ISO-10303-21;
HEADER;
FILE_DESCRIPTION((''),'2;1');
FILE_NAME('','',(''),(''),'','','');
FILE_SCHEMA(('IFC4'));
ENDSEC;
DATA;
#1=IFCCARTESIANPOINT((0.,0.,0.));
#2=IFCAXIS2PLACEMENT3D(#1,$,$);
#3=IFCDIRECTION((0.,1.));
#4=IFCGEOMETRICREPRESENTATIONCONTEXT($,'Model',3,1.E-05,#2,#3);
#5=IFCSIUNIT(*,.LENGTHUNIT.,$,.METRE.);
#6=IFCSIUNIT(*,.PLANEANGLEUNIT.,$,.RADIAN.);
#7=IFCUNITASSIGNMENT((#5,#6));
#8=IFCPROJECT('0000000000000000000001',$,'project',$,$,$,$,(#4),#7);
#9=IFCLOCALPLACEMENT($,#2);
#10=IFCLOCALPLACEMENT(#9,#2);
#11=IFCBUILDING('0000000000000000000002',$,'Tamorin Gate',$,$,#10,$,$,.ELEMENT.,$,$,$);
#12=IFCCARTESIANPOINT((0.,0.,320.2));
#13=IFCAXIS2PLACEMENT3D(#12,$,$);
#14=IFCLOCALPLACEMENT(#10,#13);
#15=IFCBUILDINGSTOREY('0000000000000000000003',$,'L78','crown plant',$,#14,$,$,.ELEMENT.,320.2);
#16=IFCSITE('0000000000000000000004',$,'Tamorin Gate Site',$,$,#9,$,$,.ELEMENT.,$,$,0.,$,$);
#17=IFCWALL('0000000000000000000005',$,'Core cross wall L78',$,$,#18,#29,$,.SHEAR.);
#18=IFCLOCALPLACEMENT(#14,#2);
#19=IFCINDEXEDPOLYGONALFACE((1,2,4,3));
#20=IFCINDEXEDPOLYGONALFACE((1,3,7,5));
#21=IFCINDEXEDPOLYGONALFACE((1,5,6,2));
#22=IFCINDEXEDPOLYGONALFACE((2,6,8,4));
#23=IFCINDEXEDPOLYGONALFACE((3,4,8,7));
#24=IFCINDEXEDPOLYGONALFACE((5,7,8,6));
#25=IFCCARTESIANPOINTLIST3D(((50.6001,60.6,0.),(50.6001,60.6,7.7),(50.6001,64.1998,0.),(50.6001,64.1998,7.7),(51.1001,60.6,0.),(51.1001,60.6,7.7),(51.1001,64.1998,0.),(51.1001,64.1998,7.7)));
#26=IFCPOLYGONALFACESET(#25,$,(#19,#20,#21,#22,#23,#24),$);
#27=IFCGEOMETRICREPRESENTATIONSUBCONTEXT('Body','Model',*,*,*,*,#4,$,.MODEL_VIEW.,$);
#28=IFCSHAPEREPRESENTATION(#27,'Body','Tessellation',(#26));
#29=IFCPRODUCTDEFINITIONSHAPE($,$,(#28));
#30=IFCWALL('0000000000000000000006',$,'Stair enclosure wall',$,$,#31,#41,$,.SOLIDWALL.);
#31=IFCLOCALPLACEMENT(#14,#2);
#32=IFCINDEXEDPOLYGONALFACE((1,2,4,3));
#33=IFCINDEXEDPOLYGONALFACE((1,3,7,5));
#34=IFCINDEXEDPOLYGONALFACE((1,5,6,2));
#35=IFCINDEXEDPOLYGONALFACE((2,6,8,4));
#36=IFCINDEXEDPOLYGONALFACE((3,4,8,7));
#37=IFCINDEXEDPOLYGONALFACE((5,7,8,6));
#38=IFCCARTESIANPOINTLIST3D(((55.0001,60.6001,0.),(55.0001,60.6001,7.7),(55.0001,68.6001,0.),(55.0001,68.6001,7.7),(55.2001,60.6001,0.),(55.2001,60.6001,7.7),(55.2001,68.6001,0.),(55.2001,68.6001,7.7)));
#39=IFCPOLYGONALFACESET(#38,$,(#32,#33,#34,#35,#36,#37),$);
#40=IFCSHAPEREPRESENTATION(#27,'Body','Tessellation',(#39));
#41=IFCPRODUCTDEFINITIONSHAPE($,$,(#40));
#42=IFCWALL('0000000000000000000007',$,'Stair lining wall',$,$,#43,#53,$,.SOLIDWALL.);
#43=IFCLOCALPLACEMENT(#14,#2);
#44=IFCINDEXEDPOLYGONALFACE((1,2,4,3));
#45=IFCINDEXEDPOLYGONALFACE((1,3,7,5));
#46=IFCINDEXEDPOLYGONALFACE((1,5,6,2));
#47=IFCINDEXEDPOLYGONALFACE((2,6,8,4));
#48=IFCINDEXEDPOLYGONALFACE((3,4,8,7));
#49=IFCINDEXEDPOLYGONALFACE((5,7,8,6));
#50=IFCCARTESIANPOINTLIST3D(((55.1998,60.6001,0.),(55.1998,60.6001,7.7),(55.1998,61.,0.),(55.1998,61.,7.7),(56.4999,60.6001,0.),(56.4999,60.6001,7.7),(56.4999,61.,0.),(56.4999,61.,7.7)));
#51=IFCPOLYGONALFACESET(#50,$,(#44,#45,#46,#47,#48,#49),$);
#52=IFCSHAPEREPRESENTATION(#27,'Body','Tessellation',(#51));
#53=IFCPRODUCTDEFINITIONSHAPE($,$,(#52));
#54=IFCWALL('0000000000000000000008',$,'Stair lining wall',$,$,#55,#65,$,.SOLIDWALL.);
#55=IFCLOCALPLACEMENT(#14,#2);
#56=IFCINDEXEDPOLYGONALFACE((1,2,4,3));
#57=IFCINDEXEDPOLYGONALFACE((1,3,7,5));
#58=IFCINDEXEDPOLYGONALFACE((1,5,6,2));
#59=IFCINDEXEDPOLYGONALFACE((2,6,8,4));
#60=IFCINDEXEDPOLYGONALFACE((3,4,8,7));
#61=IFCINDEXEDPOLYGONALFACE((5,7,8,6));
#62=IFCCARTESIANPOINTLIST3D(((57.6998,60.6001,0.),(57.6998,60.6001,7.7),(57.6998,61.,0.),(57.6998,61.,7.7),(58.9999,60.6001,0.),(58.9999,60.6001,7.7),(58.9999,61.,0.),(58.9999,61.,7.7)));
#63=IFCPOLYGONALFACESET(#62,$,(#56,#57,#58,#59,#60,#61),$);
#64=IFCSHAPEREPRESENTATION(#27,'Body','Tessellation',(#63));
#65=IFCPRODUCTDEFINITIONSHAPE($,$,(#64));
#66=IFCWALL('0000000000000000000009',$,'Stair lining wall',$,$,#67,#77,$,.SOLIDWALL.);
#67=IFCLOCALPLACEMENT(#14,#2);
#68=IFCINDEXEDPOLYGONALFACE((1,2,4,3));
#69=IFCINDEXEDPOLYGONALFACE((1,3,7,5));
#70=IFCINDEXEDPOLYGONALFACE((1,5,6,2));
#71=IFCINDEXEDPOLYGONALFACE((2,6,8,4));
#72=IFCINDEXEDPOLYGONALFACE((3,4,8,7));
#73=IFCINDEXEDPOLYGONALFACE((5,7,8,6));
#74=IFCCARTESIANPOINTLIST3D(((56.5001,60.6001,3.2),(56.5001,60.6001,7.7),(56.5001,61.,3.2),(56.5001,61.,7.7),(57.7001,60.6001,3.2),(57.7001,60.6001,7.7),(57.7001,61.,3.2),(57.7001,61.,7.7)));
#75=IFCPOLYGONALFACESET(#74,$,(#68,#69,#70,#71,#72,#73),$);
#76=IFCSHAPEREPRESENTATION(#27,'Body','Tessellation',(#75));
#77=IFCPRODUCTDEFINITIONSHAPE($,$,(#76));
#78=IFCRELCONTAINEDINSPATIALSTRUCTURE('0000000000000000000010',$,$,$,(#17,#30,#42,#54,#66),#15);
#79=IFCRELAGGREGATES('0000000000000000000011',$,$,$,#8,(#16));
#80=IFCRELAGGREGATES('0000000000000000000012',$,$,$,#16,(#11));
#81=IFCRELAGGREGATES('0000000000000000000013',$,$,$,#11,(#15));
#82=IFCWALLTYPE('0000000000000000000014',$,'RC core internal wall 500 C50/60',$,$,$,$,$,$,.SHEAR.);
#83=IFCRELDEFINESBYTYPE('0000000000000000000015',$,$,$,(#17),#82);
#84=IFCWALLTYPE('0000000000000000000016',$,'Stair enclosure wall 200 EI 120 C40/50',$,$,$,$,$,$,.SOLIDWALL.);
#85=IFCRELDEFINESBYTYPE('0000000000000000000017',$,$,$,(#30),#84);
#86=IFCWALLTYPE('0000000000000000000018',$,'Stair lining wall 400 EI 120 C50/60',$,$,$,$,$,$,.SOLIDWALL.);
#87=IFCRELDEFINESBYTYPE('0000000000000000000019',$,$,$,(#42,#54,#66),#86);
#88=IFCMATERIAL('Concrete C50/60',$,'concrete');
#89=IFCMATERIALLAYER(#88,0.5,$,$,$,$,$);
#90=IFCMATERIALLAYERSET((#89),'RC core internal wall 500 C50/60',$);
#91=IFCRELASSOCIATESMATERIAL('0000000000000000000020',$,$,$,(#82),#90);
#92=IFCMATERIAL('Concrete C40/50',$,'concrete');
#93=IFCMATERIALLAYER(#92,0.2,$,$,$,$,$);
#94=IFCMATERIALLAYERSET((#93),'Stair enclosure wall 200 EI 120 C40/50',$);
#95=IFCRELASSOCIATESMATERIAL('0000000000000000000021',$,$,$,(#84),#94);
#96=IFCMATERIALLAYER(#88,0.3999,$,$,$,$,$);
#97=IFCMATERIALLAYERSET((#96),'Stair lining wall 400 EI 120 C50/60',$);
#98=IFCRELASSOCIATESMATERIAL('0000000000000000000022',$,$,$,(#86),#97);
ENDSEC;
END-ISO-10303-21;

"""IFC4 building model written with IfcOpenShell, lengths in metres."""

from ifc_helpers import new_model, si_unit, direction, frame, frame_2d, origin, place, context, subcontext, project, spatial, rectangle, extrude, material, layer, layer_set, type_object, element, save


model = new_model("IFC4")

# Units and contexts
model_context = context("Model", 3, precision=1e-05, world=origin(), true_north=direction((0.0, 1.0)))
body_context = subcontext(model_context, "Body", "Model", "MODEL_VIEW")
ifc_project = project(units=[si_unit("LENGTHUNIT", "METRE"), si_unit("PLANEANGLEUNIT", "RADIAN")], contexts=[model_context])

# Site, building, storey
site_placement = place(None, origin())
site = spatial("IfcSite", under=ifc_project, at=site_placement, Name="Tamorin Gate Site", CompositionType="ELEMENT", RefElevation=0.0)
building_placement = place(site_placement, origin())
building = spatial("IfcBuilding", under=site, at=building_placement, Name="Tamorin Gate", CompositionType="ELEMENT")
storey_placement = place(building_placement, frame((0.0, 0.0, 320.2)))
storey = spatial("IfcBuildingStorey", under=building, at=storey_placement, Name="L78", Description="crown plant", CompositionType="ELEMENT", Elevation=320.2)

# Shared definitions
ifc_material_1 = material(Name="Concrete C50/60", Category="concrete")

# Shared definitions
ifc_material_2 = material(Name="Concrete C40/50", Category="concrete")

# Walls
ifc_layer_1 = layer(ifc_material_1, 0.5)
ifc_layer_set_1 = layer_set([ifc_layer_1], Name="RC core internal wall 500 C50/60")
wall_type_1 = type_object("IfcWallType", Name="RC core internal wall 500 C50/60", PredefinedType="SHEAR", material=ifc_layer_set_1)
wall_1_placement = place(storey_placement, frame((50.8501, 60.6001, 0.0), z_axis=(0.0, 0.0, 1.0), x_axis=(0.0, 1.0, 0.0)))
element("IfcWall", 1, at=wall_1_placement, inside=storey, type_object=wall_type_1, Name="Core cross wall L78", PredefinedType="SHEAR", context=body_context, shape_type="SweptSolid", body=[
    extrude(rectangle(XDim=3.5999, YDim=0.5, at=frame_2d((1.7998, 0.0))), origin(), (0.0, 0.0, 1.0), 7.7),
])
ifc_layer_2 = layer(ifc_material_2, 0.2)
ifc_layer_set_2 = layer_set([ifc_layer_2], Name="Stair enclosure wall 200 EI 120 C40/50")
wall_type_2 = type_object("IfcWallType", Name="Stair enclosure wall 200 EI 120 C40/50", PredefinedType="SOLIDWALL", material=ifc_layer_set_2)
wall_2_placement = place(storey_placement, frame((55.1001, 60.6001, 0.0), z_axis=(0.0, 0.0, 1.0), x_axis=(0.0, 1.0, 0.0)))
element("IfcWall", 2, at=wall_2_placement, inside=storey, type_object=wall_type_2, Name="Stair enclosure wall", PredefinedType="SOLIDWALL", context=body_context, shape_type="SweptSolid", body=[
    extrude(rectangle(XDim=8.0, YDim=0.2, at=frame_2d((4.0, 0.0))), origin(), (0.0, 0.0, 1.0), 7.7),
])
ifc_layer_3 = layer(ifc_material_1, 0.3999)
ifc_layer_set_3 = layer_set([ifc_layer_3], Name="Stair lining wall 400 EI 120 C50/60")
wall_type_3 = type_object("IfcWallType", Name="Stair lining wall 400 EI 120 C50/60", PredefinedType="SOLIDWALL", material=ifc_layer_set_3)
for number, where, z_axis, x_axis, name in (
    (3, (55.2, 60.8, 0.0), (0.0, 0.0, 1.0), (1.0, 0.0, 0.0), "Stair lining wall"),
    (4, (57.7, 60.8, 0.0), (0.0, 0.0, 1.0), (1.0, 0.0, 0.0), "Stair lining wall"),
):
    element("IfcWall", number, at=place(storey_placement, frame(where, z_axis=z_axis, x_axis=x_axis)), inside=storey, type_object=wall_type_3, Name=name, PredefinedType="SOLIDWALL", context=body_context, shape_type="SweptSolid", body=[
        extrude(rectangle(XDim=1.3, YDim=0.3999, at=frame_2d((0.6499, 0.0))), origin(), (0.0, 0.0, 1.0), 7.7),
    ])
wall_3_placement = place(storey_placement, frame((56.5, 60.8, 3.2), z_axis=(0.0, 0.0, 1.0), x_axis=(1.0, 0.0, 0.0)))
element("IfcWall", 5, at=wall_3_placement, inside=storey, type_object=wall_type_3, Name="Stair lining wall", PredefinedType="SOLIDWALL", context=body_context, shape_type="SweptSolid", body=[
    extrude(rectangle(XDim=1.2, YDim=0.3999, at=frame_2d((0.6001, 0.0))), origin(), (0.0, 0.0, 1.0), 4.5),
])

save(model, "model.ifc")
